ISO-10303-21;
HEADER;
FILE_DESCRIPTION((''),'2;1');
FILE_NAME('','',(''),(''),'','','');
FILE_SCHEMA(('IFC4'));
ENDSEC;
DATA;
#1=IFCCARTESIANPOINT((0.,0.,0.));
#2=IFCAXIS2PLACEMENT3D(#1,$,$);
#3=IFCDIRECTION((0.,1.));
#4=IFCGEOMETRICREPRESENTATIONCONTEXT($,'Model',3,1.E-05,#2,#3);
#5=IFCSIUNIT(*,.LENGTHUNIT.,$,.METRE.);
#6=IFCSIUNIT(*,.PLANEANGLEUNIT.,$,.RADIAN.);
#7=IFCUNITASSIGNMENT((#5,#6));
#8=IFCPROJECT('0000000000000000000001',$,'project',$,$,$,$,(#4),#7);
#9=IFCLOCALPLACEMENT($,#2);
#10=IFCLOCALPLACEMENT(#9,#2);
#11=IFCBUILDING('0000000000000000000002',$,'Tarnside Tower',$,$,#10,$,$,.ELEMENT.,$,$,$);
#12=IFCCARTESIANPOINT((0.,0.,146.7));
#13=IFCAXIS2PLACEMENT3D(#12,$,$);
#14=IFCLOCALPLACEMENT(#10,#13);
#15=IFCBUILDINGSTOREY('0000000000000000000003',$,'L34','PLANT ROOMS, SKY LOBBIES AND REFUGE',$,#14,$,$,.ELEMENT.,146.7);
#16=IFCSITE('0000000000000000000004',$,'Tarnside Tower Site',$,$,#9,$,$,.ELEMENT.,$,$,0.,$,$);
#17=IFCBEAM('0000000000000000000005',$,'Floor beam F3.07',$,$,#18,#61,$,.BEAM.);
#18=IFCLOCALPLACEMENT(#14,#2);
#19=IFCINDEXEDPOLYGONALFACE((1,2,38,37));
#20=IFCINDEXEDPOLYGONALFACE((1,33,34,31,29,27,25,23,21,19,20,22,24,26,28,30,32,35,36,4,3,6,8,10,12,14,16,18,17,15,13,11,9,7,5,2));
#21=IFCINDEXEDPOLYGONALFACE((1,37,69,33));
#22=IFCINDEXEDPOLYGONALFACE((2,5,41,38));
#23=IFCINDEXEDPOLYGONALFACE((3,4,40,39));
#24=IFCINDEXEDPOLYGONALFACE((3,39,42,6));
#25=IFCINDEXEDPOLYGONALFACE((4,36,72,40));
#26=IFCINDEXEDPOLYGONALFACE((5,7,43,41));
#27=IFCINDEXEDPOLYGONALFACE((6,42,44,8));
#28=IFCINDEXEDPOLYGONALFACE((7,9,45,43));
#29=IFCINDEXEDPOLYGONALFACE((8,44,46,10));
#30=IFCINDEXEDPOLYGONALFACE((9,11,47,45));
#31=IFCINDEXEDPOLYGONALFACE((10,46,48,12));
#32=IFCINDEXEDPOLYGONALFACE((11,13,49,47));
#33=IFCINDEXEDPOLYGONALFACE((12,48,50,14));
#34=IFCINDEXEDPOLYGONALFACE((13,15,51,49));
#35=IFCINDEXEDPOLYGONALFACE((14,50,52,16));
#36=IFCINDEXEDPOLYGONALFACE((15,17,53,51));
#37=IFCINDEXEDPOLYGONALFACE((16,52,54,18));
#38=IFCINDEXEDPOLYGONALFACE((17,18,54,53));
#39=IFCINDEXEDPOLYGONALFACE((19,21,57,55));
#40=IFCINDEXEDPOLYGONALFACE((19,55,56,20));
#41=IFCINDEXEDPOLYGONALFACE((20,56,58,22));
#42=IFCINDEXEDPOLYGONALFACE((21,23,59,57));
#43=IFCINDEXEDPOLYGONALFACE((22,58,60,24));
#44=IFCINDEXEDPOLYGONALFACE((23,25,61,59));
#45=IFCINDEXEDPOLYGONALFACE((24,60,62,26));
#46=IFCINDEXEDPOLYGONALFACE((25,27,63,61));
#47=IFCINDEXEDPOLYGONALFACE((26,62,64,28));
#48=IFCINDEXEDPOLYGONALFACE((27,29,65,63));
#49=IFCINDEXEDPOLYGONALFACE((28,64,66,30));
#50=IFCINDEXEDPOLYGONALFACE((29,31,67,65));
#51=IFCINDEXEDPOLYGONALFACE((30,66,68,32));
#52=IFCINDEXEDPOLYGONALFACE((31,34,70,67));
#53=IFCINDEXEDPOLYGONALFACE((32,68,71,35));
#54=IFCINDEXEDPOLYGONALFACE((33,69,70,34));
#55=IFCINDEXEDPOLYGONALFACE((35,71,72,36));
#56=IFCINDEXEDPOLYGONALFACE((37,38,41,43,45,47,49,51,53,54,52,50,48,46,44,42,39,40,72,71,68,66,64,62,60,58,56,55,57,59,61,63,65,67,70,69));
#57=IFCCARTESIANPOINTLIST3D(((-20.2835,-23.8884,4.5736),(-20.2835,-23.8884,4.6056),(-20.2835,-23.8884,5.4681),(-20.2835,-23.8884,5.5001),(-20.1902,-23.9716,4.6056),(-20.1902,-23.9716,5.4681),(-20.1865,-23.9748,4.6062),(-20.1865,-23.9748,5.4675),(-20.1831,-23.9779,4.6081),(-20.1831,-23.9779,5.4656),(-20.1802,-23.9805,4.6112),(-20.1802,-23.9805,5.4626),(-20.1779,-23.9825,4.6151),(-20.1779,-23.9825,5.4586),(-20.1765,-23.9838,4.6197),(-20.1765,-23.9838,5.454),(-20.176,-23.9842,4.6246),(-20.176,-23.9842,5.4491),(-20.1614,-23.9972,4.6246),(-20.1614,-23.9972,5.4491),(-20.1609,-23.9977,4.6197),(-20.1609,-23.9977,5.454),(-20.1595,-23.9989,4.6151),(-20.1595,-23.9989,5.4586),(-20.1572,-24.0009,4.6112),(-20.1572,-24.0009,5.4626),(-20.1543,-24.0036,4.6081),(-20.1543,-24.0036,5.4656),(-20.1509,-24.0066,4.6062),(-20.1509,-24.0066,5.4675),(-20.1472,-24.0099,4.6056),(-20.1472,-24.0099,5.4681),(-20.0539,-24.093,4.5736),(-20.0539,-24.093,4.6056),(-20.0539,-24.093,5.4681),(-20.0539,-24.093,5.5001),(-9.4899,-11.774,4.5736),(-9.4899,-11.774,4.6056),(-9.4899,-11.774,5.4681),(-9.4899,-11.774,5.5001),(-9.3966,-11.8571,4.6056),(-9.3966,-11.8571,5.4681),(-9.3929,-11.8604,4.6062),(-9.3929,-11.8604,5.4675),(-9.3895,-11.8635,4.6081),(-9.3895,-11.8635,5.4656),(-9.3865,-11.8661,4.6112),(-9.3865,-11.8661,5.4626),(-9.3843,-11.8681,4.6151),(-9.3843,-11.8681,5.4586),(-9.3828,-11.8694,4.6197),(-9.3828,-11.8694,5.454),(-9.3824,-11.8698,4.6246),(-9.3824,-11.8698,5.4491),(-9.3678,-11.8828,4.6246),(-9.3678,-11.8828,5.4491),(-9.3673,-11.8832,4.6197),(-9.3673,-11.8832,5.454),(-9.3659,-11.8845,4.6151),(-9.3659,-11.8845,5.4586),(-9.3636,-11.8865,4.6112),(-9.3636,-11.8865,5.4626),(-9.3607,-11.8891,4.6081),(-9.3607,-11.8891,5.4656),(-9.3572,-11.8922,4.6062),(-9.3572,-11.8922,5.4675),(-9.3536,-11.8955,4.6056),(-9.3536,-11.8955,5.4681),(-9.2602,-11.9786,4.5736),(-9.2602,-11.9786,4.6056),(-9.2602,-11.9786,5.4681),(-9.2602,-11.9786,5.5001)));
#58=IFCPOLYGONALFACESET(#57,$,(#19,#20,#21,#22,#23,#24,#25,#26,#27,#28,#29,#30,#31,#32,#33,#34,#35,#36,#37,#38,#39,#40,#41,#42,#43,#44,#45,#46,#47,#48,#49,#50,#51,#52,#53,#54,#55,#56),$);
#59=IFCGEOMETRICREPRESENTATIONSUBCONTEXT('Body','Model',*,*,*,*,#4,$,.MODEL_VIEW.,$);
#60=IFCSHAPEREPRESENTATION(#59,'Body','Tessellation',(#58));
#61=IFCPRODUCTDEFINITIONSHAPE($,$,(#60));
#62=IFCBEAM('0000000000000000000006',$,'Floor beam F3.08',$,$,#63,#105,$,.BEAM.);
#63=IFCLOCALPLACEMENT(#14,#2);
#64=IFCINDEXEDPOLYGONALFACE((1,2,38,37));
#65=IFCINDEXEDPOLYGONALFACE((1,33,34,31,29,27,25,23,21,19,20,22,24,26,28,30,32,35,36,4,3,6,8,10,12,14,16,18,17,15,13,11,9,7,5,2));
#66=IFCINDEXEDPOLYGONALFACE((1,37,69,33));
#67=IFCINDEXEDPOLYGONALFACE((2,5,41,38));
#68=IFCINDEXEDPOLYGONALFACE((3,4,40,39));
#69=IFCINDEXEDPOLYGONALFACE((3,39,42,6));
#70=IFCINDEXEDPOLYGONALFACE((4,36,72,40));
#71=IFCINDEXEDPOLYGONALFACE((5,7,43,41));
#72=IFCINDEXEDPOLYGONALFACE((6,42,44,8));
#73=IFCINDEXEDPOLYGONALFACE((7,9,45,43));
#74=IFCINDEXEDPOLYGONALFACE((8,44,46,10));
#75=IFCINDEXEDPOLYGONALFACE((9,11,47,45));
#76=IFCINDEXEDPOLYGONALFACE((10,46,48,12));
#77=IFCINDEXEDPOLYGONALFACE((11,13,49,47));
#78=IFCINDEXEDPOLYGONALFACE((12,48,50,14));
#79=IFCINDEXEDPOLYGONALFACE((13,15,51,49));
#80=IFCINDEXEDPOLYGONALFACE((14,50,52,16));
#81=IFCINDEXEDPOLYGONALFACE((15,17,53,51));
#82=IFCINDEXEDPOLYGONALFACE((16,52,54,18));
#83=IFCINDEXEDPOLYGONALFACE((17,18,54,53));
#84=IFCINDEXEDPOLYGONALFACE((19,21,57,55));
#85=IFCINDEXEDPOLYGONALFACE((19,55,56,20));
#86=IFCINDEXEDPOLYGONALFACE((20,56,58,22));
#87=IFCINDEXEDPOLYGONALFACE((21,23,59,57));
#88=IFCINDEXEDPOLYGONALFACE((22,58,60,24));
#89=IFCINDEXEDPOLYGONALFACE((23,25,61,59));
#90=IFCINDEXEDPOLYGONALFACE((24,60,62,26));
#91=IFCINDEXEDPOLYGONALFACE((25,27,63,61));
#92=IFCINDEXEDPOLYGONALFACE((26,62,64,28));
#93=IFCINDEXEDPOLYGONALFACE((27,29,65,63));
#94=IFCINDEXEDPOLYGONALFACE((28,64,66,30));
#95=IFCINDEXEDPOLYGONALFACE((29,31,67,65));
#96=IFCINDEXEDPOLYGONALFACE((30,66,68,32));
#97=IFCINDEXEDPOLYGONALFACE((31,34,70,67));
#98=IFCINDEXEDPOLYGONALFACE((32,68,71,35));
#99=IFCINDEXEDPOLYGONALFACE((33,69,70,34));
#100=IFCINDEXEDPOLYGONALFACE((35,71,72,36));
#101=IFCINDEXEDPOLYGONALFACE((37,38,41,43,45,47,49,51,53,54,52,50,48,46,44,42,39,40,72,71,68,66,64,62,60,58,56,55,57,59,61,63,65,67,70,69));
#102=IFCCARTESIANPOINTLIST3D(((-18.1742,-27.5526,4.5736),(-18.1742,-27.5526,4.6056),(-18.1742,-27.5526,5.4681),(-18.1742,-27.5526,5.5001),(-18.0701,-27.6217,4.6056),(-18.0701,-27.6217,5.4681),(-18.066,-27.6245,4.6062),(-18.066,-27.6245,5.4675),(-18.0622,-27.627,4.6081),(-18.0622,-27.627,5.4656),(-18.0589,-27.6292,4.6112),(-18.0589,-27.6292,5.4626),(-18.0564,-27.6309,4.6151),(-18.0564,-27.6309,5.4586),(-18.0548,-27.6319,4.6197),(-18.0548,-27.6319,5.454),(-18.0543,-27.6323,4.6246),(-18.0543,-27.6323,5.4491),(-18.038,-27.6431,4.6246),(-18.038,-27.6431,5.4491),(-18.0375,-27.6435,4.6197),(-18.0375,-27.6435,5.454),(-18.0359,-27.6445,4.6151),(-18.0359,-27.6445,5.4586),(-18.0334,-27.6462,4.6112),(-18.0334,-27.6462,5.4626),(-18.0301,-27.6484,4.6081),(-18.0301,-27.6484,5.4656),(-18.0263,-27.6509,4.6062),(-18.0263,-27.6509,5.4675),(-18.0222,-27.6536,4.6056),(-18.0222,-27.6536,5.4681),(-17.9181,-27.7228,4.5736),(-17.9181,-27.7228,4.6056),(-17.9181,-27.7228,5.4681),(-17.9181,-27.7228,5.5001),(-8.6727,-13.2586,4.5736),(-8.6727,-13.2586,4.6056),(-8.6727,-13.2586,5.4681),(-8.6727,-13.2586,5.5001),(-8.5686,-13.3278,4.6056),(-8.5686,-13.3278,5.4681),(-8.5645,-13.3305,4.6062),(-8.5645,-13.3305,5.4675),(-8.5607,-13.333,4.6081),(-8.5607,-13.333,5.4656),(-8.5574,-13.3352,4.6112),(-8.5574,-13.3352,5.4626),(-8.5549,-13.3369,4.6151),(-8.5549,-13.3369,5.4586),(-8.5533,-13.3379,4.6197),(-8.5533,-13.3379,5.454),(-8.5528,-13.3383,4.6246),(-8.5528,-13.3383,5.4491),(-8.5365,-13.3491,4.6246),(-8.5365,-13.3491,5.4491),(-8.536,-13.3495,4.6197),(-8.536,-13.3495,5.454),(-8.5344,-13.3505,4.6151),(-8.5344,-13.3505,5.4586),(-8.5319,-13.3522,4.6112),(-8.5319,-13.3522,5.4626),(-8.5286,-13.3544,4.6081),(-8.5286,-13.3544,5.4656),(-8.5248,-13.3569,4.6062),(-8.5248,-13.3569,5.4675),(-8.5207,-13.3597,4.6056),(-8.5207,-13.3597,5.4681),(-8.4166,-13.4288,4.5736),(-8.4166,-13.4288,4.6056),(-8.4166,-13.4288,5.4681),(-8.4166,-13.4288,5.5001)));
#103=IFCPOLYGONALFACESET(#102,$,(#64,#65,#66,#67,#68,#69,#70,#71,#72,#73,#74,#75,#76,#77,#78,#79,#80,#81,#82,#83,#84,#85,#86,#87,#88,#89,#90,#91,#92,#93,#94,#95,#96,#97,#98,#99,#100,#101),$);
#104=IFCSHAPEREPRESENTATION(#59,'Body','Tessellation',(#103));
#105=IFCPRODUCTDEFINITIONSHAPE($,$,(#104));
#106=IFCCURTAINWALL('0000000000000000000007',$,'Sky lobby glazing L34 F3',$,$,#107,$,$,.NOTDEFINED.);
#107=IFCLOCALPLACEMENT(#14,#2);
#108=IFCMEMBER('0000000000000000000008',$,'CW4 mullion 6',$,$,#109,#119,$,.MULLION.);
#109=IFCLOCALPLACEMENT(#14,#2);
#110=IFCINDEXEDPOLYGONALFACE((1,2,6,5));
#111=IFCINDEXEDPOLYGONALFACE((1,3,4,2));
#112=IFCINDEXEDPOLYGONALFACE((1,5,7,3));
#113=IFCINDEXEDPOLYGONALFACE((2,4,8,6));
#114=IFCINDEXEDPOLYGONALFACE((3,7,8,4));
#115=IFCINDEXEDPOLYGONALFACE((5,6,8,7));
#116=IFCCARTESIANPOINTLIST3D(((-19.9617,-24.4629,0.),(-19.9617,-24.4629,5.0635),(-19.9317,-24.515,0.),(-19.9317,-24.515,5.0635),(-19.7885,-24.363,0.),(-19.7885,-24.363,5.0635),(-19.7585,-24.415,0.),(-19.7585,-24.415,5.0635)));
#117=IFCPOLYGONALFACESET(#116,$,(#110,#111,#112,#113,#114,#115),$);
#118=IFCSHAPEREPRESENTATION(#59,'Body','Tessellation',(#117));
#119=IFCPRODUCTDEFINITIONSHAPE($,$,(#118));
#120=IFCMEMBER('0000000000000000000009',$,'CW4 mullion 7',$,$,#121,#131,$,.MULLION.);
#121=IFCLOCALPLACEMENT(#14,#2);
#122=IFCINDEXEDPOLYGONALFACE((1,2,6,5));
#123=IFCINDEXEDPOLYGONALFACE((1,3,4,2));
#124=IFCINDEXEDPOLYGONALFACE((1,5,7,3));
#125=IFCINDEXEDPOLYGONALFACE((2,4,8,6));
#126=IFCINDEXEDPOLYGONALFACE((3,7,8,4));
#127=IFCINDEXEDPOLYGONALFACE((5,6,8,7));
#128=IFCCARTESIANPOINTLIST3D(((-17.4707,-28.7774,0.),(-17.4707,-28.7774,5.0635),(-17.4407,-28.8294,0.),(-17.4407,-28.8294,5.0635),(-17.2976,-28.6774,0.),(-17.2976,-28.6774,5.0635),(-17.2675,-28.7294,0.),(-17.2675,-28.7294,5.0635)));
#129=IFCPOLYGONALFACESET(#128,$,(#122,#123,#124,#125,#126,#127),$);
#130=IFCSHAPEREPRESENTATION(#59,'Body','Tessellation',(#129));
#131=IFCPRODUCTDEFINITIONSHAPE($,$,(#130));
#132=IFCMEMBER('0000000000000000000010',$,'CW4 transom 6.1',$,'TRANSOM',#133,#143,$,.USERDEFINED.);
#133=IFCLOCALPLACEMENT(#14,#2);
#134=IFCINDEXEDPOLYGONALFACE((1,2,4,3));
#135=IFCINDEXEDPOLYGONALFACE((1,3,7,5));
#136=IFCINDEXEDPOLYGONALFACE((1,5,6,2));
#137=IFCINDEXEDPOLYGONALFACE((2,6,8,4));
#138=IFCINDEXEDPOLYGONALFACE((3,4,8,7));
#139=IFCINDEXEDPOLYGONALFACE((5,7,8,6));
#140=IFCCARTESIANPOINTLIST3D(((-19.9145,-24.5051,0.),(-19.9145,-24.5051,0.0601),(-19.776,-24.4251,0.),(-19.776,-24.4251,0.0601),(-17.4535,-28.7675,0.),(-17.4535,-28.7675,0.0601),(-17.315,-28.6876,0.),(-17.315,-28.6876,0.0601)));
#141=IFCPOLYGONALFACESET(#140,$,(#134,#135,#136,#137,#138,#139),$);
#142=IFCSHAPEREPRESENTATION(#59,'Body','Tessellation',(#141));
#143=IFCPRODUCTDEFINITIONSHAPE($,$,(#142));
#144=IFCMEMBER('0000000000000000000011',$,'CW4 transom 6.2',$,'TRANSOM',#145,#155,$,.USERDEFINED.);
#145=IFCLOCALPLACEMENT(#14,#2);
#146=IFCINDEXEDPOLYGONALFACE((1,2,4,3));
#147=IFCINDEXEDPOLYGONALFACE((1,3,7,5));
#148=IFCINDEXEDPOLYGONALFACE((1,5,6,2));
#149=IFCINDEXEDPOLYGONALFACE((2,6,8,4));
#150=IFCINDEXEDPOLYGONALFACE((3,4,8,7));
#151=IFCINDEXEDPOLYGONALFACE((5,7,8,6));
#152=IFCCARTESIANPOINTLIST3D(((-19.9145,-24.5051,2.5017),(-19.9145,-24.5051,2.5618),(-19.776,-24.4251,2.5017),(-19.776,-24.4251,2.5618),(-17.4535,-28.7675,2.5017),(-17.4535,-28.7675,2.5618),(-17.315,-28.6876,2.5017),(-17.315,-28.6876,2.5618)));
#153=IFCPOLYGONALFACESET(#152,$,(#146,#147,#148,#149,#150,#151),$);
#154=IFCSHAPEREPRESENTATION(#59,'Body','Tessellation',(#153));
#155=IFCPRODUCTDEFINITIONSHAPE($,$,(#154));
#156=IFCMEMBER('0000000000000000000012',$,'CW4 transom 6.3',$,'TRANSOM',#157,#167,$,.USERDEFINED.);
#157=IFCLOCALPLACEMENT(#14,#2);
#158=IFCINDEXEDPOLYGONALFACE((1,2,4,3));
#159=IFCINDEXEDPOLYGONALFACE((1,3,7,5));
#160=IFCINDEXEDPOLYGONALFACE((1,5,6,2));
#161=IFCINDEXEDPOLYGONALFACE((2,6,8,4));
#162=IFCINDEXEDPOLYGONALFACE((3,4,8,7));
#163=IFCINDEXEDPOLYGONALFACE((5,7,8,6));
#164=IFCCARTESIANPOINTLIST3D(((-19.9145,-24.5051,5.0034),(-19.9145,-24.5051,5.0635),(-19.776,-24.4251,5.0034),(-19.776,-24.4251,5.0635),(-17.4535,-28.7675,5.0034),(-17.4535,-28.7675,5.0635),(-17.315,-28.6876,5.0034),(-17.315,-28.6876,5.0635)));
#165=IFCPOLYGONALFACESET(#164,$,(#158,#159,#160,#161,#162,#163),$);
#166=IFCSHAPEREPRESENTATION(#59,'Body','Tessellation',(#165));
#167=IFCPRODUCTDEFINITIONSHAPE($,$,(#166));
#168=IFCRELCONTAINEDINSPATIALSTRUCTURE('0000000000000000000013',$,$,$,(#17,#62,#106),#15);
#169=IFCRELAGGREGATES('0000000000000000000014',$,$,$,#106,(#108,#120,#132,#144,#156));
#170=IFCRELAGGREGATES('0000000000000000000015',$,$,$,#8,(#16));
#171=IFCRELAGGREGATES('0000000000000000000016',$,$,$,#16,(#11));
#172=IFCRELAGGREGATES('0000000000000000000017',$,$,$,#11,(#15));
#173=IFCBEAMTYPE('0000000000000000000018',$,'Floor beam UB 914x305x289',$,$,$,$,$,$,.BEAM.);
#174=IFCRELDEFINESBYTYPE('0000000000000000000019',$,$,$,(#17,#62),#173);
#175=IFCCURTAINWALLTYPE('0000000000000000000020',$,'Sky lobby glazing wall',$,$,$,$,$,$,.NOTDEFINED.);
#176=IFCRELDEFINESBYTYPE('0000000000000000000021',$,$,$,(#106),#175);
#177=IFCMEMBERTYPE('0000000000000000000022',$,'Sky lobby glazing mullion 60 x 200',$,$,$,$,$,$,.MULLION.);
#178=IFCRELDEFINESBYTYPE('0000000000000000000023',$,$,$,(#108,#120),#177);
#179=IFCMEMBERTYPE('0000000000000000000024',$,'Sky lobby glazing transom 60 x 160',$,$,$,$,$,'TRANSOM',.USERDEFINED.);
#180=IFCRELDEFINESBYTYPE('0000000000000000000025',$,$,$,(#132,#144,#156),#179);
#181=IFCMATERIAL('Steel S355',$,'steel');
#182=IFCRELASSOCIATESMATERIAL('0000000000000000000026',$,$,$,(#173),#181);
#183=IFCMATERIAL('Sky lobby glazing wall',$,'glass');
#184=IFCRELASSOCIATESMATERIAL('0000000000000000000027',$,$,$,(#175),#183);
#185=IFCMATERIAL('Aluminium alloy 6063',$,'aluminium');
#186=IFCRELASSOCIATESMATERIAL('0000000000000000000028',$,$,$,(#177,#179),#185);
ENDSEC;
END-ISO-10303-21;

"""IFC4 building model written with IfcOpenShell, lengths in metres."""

from ifc_helpers import new_model, si_unit, direction, frame, origin, origin_2d, place, context, subcontext, project, spatial, rectangle, i_section, extrude, material, material_profile, profile_set, type_object, element, aggregate, save


model = new_model("IFC4")

# Units and contexts
model_context = context("Model", 3, precision=1e-05, world=origin(), true_north=direction((0.0, 1.0)))
body_context = subcontext(model_context, "Body", "Model", "MODEL_VIEW")
ifc_project = project(units=[si_unit("LENGTHUNIT", "METRE"), si_unit("PLANEANGLEUNIT", "RADIAN")], contexts=[model_context])

# Site, building, storey
site_placement = place(None, origin())
site = spatial("IfcSite", under=ifc_project, at=site_placement, Name="Tarnside Tower Site", CompositionType="ELEMENT", RefElevation=0.0)
building_placement = place(site_placement, origin())
building = spatial("IfcBuilding", under=site, at=building_placement, Name="Tarnside Tower", CompositionType="ELEMENT")
storey_placement = place(building_placement, frame((0.0, 0.0, 146.7)))
storey = spatial("IfcBuildingStorey", under=building, at=storey_placement, Name="L34", Description="PLANT ROOMS, SKY LOBBIES AND REFUGE", CompositionType="ELEMENT", Elevation=146.7)

# Beams
ifc_material_1 = material(Name="Steel S355", Category="steel")
ifc_material_profile_1 = material_profile(ifc_material_1, i_section(OverallWidth=0.3076, OverallDepth=0.9265, WebThickness=0.0195, FlangeThickness=0.032, FilletRadius=0.019, at=origin_2d()), Name="UB 914x305x289")
ifc_profile_set_1 = profile_set([ifc_material_profile_1], Name="Steel S355")
beam_type = type_object("IfcBeamType", Name="Floor beam UB 914x305x289", PredefinedType="BEAM", material=ifc_profile_set_1)
beam_1_placement = place(storey_placement, frame((-20.1687, -23.9907, 5.0369), z_axis=(0.665233, 0.746636, 0.0), x_axis=(-0.746636, 0.665233, 0.0)))
element("IfcBeam", 1, at=beam_1_placement, inside=storey, type_object=beam_type, Name="Floor beam F3.07", PredefinedType="BEAM", context=body_context, shape_type="SweptSolid", body=[
    extrude(i_section(OverallWidth=0.3076, OverallDepth=0.9265, WebThickness=0.0195, FlangeThickness=0.032, FilletRadius=0.019, at=origin_2d()), origin(), (0.0, 0.0, 1.0), 16.2253),
])
beam_2_placement = place(storey_placement, frame((-18.0461, -27.6377, 5.0369), z_axis=(0.553577, 0.832798, 0.0), x_axis=(-0.832798, 0.553577, 0.0)))
element("IfcBeam", 2, at=beam_2_placement, inside=storey, type_object=beam_type, Name="Floor beam F3.08", PredefinedType="BEAM", context=body_context, shape_type="SweptSolid", body=[
    extrude(i_section(OverallWidth=0.3076, OverallDepth=0.9265, WebThickness=0.0195, FlangeThickness=0.032, FilletRadius=0.019, at=origin_2d()), origin(), (0.0, 0.0, 1.0), 17.1638),
])

# Curtain wall, members
ifc_material_2 = material(Name="Sky lobby glazing wall", Category="glass")
curtain_wall_type = type_object("IfcCurtainWallType", Name="Sky lobby glazing wall", PredefinedType="NOTDEFINED", material=ifc_material_2)
curtain_wall_placement = place(storey_placement, origin())
curtain_wall = element("IfcCurtainWall", 3, at=curtain_wall_placement, inside=storey, type_object=curtain_wall_type, Name="Sky lobby glazing L34 F3", PredefinedType="NOTDEFINED")
ifc_material_3 = material(Name="Aluminium alloy 6063", Category="aluminium")
ifc_material_profile_2 = material_profile(ifc_material_3, rectangle(XDim=0.2, YDim=0.0601, at=origin_2d()), Name="Sky lobby glazing mullion 60 x 200")
ifc_profile_set_2 = profile_set([ifc_material_profile_2], Name="Aluminium alloy 6063")
member_type_1 = type_object("IfcMemberType", Name="Sky lobby glazing mullion 60 x 200", PredefinedType="MULLION", material=ifc_profile_set_2)
member_1_placement = place(storey_placement, frame((-19.8601, -24.439, 0.0), z_axis=(0.0, 0.0, 1.0), x_axis=(0.866025, 0.5, 0.0)))
member_1 = element("IfcMember", 4, at=member_1_placement, type_object=member_type_1, Name="CW4 mullion 6", PredefinedType="MULLION", context=body_context, shape_type="SweptSolid", body=[
    extrude(rectangle(XDim=0.2, YDim=0.0601, at=origin_2d()), origin(), (0.0, 0.0, 1.0), 5.0635),
])
member_2_placement = place(storey_placement, frame((-17.3691, -28.7534, 0.0), z_axis=(0.0, 0.0, 1.0), x_axis=(0.866025, 0.5, 0.0)))
member_2 = element("IfcMember", 5, at=member_2_placement, type_object=member_type_1, Name="CW4 mullion 7", PredefinedType="MULLION", context=body_context, shape_type="SweptSolid", body=[
    extrude(rectangle(XDim=0.2, YDim=0.0601, at=origin_2d()), origin(), (0.0, 0.0, 1.0), 5.0635),
])
ifc_material_profile_3 = material_profile(ifc_material_3, rectangle(XDim=0.1599, YDim=0.0601, at=origin_2d()), Name="Sky lobby glazing transom 60 x 160")
ifc_profile_set_3 = profile_set([ifc_material_profile_3], Name="Aluminium alloy 6063")
member_type_2 = type_object("IfcMemberType", Name="Sky lobby glazing transom 60 x 160", ElementType="TRANSOM", PredefinedType="USERDEFINED", material=ifc_profile_set_3)
member_3_placement = place(storey_placement, frame((-19.8452, -24.4651, 0.03), z_axis=(0.500002, -0.866025, 0.0), x_axis=(0.866025, 0.500002, 0.0)))
member_3 = element("IfcMember", 6, at=member_3_placement, type_object=member_type_2, Name="CW4 transom 6.1", ObjectType="TRANSOM", PredefinedType="USERDEFINED", context=body_context, shape_type="SweptSolid", body=[
    extrude(rectangle(XDim=0.1599, YDim=0.0601, at=origin_2d()), origin(), (0.0, 0.0, 1.0), 4.9219),
])
member_4_placement = place(storey_placement, frame((-19.8452, -24.4651, 2.5317), z_axis=(0.500002, -0.866025, 0.0), x_axis=(0.866025, 0.500002, 0.0)))
member_4 = element("IfcMember", 7, at=member_4_placement, type_object=member_type_2, Name="CW4 transom 6.2", ObjectType="TRANSOM", PredefinedType="USERDEFINED", context=body_context, shape_type="SweptSolid", body=[
    extrude(rectangle(XDim=0.1599, YDim=0.0601, at=origin_2d()), origin(), (0.0, 0.0, 1.0), 4.9219),
])
member_5_placement = place(storey_placement, frame((-19.8452, -24.4651, 5.0334), z_axis=(0.500002, -0.866025, 0.0), x_axis=(0.866025, 0.500002, 0.0)))
member_5 = element("IfcMember", 8, at=member_5_placement, type_object=member_type_2, Name="CW4 transom 6.3", ObjectType="TRANSOM", PredefinedType="USERDEFINED", context=body_context, shape_type="SweptSolid", body=[
    extrude(rectangle(XDim=0.1599, YDim=0.0601, at=origin_2d()), origin(), (0.0, 0.0, 1.0), 4.9219),
])

aggregate(curtain_wall, [member_1, member_2, member_3, member_4, member_5])

save(model, "model.ifc")
